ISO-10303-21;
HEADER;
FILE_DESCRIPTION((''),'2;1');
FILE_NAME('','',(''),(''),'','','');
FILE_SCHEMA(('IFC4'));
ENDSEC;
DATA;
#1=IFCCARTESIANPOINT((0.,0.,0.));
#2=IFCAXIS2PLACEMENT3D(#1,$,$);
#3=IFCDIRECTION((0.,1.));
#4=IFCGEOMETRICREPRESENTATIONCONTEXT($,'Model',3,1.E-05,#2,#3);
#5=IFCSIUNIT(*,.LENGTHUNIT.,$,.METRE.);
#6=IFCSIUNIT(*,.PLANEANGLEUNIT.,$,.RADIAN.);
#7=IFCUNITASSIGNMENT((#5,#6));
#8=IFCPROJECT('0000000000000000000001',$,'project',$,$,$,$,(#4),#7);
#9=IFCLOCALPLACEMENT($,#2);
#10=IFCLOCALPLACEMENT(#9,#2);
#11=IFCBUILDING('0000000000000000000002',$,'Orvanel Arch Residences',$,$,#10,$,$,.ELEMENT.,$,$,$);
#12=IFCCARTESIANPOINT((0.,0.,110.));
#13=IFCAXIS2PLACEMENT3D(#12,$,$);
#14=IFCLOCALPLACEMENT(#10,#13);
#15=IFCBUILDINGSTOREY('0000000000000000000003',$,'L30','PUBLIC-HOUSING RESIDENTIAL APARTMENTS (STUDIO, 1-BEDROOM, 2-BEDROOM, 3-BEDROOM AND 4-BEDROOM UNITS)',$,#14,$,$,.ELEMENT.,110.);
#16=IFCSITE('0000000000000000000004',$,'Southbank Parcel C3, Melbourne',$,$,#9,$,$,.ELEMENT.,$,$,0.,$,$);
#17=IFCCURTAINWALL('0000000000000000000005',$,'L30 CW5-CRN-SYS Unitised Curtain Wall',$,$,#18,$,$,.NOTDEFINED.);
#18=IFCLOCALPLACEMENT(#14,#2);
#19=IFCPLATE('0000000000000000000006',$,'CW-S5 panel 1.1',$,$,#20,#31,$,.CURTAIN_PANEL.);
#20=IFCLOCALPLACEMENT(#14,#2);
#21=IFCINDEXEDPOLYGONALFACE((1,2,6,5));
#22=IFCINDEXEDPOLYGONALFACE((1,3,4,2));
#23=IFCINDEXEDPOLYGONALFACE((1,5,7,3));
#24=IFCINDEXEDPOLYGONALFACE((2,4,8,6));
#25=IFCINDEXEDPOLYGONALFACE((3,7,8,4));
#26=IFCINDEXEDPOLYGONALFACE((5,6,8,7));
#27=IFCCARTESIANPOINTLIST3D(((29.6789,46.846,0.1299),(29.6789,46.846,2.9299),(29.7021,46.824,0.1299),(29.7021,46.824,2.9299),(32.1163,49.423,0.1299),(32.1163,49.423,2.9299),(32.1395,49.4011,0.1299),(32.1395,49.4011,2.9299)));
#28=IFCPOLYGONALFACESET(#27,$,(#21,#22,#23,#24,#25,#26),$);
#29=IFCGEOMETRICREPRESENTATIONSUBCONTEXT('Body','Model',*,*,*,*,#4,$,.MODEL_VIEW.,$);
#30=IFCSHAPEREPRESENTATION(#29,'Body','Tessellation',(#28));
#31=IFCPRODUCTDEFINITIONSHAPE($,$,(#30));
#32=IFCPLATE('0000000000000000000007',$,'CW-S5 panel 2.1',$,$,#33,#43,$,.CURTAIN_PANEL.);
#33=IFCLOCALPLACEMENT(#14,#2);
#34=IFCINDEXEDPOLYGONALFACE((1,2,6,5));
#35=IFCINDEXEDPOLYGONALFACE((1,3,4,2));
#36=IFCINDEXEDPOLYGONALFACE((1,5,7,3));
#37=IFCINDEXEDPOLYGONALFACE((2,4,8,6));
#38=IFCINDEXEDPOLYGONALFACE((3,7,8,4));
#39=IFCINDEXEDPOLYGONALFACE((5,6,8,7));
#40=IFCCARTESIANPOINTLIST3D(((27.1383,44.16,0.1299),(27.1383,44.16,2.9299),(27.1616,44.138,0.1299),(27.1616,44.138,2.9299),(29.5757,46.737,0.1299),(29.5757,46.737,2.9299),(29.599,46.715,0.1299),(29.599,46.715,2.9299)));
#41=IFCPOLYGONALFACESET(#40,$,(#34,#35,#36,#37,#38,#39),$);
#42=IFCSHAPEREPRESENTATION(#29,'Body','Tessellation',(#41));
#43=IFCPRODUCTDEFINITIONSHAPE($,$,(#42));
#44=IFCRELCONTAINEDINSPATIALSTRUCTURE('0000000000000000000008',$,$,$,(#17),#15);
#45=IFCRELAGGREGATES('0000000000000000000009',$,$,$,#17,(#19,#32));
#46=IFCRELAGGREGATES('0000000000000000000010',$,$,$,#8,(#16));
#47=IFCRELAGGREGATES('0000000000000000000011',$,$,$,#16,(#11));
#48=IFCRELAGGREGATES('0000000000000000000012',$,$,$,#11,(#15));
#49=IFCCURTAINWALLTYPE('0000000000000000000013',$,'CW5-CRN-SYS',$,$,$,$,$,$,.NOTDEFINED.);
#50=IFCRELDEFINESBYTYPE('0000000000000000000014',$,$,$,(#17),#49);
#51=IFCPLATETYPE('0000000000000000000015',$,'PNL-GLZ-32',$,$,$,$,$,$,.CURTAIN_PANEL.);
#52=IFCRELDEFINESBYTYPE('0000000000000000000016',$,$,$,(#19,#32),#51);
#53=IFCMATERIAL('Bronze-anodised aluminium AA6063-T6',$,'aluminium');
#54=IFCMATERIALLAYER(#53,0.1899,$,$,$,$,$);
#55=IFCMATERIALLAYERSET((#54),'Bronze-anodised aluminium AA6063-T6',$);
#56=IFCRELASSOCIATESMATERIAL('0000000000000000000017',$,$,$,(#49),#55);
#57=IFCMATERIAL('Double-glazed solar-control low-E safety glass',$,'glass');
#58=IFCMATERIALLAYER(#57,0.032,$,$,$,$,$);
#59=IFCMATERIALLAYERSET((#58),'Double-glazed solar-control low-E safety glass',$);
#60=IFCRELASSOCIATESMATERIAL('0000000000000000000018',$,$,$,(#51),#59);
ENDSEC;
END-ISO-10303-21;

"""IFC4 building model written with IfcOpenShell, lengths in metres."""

from ifc_helpers import new_model, si_unit, direction, frame, origin, origin_2d, place, context, subcontext, project, spatial, rectangle, extrude, material, layer, layer_set, type_object, element, aggregate, save


model = new_model("IFC4")

# Units and contexts
model_context = context("Model", 3, precision=1e-05, world=origin(), true_north=direction((0.0, 1.0)))
body_context = subcontext(model_context, "Body", "Model", "MODEL_VIEW")
ifc_project = project(units=[si_unit("LENGTHUNIT", "METRE"), si_unit("PLANEANGLEUNIT", "RADIAN")], contexts=[model_context])

# Site, building, storey
site_placement = place(None, origin())
site = spatial("IfcSite", under=ifc_project, at=site_placement, Name="Southbank Parcel C3, Melbourne", CompositionType="ELEMENT", RefElevation=0.0)
building_placement = place(site_placement, origin())
building = spatial("IfcBuilding", under=site, at=building_placement, Name="Orvanel Arch Residences", CompositionType="ELEMENT")
storey_placement = place(building_placement, frame((0.0, 0.0, 110.0)))
storey = spatial("IfcBuildingStorey", under=building, at=storey_placement, Name="L30", Description="PUBLIC-HOUSING RESIDENTIAL APARTMENTS (STUDIO, 1-BEDROOM, 2-BEDROOM, 3-BEDROOM AND 4-BEDROOM UNITS)", CompositionType="ELEMENT", Elevation=110.0)

# Shared definitions
ifc_material_1 = material(Name="Bronze-anodised aluminium AA6063-T6", Category="aluminium")
ifc_layer_1 = layer(ifc_material_1, 0.1899)
ifc_layer_set_1 = layer_set([ifc_layer_1], Name="Bronze-anodised aluminium AA6063-T6")
curtain_wall_type_1 = type_object("IfcCurtainWallType", Name="CW5-CRN-SYS", PredefinedType="NOTDEFINED", material=ifc_layer_set_1)

# Curtain wall
curtain_wall_1_placement = place(storey_placement, origin())
curtain_wall_1 = element("IfcCurtainWall", 1, at=curtain_wall_1_placement, inside=storey, type_object=curtain_wall_type_1, Name="L30 CW5-CRN-SYS Unitised Curtain Wall", PredefinedType="NOTDEFINED")

# Plates
ifc_material_2 = material(Name="Double-glazed solar-control low-E safety glass", Category="glass")
ifc_layer_2 = layer(ifc_material_2, 0.032)
ifc_layer_set_2 = layer_set([ifc_layer_2], Name="Double-glazed solar-control low-E safety glass")
plate_type_1 = type_object("IfcPlateType", Name="PNL-GLZ-32", PredefinedType="CURTAIN_PANEL", material=ifc_layer_set_2)
plate_1_placement = place(storey_placement, frame((30.9092, 48.1235, 0.1299), z_axis=(0.0, 0.0, 1.0), x_axis=(-0.687149, -0.726517, 0.0)))
plate_1 = element("IfcPlate", 2, at=plate_1_placement, type_object=plate_type_1, Name="CW-S5 panel 1.1", PredefinedType="CURTAIN_PANEL", context=body_context, shape_type="SweptSolid", body=[
    extrude(rectangle(XDim=3.5471, YDim=0.032, at=origin_2d()), origin(), (0.0, 0.0, 1.0), 2.8),
])
plate_2_placement = place(storey_placement, frame((28.3687, 45.4375, 0.1299), z_axis=(0.0, 0.0, 1.0), x_axis=(-0.687149, -0.726517, 0.0)))
plate_2 = element("IfcPlate", 3, at=plate_2_placement, type_object=plate_type_1, Name="CW-S5 panel 2.1", PredefinedType="CURTAIN_PANEL", context=body_context, shape_type="SweptSolid", body=[
    extrude(rectangle(XDim=3.5471, YDim=0.032, at=origin_2d()), origin(), (0.0, 0.0, 1.0), 2.8),
])
aggregate(curtain_wall_1, [plate_1, plate_2])

save(model, "model.ifc")
